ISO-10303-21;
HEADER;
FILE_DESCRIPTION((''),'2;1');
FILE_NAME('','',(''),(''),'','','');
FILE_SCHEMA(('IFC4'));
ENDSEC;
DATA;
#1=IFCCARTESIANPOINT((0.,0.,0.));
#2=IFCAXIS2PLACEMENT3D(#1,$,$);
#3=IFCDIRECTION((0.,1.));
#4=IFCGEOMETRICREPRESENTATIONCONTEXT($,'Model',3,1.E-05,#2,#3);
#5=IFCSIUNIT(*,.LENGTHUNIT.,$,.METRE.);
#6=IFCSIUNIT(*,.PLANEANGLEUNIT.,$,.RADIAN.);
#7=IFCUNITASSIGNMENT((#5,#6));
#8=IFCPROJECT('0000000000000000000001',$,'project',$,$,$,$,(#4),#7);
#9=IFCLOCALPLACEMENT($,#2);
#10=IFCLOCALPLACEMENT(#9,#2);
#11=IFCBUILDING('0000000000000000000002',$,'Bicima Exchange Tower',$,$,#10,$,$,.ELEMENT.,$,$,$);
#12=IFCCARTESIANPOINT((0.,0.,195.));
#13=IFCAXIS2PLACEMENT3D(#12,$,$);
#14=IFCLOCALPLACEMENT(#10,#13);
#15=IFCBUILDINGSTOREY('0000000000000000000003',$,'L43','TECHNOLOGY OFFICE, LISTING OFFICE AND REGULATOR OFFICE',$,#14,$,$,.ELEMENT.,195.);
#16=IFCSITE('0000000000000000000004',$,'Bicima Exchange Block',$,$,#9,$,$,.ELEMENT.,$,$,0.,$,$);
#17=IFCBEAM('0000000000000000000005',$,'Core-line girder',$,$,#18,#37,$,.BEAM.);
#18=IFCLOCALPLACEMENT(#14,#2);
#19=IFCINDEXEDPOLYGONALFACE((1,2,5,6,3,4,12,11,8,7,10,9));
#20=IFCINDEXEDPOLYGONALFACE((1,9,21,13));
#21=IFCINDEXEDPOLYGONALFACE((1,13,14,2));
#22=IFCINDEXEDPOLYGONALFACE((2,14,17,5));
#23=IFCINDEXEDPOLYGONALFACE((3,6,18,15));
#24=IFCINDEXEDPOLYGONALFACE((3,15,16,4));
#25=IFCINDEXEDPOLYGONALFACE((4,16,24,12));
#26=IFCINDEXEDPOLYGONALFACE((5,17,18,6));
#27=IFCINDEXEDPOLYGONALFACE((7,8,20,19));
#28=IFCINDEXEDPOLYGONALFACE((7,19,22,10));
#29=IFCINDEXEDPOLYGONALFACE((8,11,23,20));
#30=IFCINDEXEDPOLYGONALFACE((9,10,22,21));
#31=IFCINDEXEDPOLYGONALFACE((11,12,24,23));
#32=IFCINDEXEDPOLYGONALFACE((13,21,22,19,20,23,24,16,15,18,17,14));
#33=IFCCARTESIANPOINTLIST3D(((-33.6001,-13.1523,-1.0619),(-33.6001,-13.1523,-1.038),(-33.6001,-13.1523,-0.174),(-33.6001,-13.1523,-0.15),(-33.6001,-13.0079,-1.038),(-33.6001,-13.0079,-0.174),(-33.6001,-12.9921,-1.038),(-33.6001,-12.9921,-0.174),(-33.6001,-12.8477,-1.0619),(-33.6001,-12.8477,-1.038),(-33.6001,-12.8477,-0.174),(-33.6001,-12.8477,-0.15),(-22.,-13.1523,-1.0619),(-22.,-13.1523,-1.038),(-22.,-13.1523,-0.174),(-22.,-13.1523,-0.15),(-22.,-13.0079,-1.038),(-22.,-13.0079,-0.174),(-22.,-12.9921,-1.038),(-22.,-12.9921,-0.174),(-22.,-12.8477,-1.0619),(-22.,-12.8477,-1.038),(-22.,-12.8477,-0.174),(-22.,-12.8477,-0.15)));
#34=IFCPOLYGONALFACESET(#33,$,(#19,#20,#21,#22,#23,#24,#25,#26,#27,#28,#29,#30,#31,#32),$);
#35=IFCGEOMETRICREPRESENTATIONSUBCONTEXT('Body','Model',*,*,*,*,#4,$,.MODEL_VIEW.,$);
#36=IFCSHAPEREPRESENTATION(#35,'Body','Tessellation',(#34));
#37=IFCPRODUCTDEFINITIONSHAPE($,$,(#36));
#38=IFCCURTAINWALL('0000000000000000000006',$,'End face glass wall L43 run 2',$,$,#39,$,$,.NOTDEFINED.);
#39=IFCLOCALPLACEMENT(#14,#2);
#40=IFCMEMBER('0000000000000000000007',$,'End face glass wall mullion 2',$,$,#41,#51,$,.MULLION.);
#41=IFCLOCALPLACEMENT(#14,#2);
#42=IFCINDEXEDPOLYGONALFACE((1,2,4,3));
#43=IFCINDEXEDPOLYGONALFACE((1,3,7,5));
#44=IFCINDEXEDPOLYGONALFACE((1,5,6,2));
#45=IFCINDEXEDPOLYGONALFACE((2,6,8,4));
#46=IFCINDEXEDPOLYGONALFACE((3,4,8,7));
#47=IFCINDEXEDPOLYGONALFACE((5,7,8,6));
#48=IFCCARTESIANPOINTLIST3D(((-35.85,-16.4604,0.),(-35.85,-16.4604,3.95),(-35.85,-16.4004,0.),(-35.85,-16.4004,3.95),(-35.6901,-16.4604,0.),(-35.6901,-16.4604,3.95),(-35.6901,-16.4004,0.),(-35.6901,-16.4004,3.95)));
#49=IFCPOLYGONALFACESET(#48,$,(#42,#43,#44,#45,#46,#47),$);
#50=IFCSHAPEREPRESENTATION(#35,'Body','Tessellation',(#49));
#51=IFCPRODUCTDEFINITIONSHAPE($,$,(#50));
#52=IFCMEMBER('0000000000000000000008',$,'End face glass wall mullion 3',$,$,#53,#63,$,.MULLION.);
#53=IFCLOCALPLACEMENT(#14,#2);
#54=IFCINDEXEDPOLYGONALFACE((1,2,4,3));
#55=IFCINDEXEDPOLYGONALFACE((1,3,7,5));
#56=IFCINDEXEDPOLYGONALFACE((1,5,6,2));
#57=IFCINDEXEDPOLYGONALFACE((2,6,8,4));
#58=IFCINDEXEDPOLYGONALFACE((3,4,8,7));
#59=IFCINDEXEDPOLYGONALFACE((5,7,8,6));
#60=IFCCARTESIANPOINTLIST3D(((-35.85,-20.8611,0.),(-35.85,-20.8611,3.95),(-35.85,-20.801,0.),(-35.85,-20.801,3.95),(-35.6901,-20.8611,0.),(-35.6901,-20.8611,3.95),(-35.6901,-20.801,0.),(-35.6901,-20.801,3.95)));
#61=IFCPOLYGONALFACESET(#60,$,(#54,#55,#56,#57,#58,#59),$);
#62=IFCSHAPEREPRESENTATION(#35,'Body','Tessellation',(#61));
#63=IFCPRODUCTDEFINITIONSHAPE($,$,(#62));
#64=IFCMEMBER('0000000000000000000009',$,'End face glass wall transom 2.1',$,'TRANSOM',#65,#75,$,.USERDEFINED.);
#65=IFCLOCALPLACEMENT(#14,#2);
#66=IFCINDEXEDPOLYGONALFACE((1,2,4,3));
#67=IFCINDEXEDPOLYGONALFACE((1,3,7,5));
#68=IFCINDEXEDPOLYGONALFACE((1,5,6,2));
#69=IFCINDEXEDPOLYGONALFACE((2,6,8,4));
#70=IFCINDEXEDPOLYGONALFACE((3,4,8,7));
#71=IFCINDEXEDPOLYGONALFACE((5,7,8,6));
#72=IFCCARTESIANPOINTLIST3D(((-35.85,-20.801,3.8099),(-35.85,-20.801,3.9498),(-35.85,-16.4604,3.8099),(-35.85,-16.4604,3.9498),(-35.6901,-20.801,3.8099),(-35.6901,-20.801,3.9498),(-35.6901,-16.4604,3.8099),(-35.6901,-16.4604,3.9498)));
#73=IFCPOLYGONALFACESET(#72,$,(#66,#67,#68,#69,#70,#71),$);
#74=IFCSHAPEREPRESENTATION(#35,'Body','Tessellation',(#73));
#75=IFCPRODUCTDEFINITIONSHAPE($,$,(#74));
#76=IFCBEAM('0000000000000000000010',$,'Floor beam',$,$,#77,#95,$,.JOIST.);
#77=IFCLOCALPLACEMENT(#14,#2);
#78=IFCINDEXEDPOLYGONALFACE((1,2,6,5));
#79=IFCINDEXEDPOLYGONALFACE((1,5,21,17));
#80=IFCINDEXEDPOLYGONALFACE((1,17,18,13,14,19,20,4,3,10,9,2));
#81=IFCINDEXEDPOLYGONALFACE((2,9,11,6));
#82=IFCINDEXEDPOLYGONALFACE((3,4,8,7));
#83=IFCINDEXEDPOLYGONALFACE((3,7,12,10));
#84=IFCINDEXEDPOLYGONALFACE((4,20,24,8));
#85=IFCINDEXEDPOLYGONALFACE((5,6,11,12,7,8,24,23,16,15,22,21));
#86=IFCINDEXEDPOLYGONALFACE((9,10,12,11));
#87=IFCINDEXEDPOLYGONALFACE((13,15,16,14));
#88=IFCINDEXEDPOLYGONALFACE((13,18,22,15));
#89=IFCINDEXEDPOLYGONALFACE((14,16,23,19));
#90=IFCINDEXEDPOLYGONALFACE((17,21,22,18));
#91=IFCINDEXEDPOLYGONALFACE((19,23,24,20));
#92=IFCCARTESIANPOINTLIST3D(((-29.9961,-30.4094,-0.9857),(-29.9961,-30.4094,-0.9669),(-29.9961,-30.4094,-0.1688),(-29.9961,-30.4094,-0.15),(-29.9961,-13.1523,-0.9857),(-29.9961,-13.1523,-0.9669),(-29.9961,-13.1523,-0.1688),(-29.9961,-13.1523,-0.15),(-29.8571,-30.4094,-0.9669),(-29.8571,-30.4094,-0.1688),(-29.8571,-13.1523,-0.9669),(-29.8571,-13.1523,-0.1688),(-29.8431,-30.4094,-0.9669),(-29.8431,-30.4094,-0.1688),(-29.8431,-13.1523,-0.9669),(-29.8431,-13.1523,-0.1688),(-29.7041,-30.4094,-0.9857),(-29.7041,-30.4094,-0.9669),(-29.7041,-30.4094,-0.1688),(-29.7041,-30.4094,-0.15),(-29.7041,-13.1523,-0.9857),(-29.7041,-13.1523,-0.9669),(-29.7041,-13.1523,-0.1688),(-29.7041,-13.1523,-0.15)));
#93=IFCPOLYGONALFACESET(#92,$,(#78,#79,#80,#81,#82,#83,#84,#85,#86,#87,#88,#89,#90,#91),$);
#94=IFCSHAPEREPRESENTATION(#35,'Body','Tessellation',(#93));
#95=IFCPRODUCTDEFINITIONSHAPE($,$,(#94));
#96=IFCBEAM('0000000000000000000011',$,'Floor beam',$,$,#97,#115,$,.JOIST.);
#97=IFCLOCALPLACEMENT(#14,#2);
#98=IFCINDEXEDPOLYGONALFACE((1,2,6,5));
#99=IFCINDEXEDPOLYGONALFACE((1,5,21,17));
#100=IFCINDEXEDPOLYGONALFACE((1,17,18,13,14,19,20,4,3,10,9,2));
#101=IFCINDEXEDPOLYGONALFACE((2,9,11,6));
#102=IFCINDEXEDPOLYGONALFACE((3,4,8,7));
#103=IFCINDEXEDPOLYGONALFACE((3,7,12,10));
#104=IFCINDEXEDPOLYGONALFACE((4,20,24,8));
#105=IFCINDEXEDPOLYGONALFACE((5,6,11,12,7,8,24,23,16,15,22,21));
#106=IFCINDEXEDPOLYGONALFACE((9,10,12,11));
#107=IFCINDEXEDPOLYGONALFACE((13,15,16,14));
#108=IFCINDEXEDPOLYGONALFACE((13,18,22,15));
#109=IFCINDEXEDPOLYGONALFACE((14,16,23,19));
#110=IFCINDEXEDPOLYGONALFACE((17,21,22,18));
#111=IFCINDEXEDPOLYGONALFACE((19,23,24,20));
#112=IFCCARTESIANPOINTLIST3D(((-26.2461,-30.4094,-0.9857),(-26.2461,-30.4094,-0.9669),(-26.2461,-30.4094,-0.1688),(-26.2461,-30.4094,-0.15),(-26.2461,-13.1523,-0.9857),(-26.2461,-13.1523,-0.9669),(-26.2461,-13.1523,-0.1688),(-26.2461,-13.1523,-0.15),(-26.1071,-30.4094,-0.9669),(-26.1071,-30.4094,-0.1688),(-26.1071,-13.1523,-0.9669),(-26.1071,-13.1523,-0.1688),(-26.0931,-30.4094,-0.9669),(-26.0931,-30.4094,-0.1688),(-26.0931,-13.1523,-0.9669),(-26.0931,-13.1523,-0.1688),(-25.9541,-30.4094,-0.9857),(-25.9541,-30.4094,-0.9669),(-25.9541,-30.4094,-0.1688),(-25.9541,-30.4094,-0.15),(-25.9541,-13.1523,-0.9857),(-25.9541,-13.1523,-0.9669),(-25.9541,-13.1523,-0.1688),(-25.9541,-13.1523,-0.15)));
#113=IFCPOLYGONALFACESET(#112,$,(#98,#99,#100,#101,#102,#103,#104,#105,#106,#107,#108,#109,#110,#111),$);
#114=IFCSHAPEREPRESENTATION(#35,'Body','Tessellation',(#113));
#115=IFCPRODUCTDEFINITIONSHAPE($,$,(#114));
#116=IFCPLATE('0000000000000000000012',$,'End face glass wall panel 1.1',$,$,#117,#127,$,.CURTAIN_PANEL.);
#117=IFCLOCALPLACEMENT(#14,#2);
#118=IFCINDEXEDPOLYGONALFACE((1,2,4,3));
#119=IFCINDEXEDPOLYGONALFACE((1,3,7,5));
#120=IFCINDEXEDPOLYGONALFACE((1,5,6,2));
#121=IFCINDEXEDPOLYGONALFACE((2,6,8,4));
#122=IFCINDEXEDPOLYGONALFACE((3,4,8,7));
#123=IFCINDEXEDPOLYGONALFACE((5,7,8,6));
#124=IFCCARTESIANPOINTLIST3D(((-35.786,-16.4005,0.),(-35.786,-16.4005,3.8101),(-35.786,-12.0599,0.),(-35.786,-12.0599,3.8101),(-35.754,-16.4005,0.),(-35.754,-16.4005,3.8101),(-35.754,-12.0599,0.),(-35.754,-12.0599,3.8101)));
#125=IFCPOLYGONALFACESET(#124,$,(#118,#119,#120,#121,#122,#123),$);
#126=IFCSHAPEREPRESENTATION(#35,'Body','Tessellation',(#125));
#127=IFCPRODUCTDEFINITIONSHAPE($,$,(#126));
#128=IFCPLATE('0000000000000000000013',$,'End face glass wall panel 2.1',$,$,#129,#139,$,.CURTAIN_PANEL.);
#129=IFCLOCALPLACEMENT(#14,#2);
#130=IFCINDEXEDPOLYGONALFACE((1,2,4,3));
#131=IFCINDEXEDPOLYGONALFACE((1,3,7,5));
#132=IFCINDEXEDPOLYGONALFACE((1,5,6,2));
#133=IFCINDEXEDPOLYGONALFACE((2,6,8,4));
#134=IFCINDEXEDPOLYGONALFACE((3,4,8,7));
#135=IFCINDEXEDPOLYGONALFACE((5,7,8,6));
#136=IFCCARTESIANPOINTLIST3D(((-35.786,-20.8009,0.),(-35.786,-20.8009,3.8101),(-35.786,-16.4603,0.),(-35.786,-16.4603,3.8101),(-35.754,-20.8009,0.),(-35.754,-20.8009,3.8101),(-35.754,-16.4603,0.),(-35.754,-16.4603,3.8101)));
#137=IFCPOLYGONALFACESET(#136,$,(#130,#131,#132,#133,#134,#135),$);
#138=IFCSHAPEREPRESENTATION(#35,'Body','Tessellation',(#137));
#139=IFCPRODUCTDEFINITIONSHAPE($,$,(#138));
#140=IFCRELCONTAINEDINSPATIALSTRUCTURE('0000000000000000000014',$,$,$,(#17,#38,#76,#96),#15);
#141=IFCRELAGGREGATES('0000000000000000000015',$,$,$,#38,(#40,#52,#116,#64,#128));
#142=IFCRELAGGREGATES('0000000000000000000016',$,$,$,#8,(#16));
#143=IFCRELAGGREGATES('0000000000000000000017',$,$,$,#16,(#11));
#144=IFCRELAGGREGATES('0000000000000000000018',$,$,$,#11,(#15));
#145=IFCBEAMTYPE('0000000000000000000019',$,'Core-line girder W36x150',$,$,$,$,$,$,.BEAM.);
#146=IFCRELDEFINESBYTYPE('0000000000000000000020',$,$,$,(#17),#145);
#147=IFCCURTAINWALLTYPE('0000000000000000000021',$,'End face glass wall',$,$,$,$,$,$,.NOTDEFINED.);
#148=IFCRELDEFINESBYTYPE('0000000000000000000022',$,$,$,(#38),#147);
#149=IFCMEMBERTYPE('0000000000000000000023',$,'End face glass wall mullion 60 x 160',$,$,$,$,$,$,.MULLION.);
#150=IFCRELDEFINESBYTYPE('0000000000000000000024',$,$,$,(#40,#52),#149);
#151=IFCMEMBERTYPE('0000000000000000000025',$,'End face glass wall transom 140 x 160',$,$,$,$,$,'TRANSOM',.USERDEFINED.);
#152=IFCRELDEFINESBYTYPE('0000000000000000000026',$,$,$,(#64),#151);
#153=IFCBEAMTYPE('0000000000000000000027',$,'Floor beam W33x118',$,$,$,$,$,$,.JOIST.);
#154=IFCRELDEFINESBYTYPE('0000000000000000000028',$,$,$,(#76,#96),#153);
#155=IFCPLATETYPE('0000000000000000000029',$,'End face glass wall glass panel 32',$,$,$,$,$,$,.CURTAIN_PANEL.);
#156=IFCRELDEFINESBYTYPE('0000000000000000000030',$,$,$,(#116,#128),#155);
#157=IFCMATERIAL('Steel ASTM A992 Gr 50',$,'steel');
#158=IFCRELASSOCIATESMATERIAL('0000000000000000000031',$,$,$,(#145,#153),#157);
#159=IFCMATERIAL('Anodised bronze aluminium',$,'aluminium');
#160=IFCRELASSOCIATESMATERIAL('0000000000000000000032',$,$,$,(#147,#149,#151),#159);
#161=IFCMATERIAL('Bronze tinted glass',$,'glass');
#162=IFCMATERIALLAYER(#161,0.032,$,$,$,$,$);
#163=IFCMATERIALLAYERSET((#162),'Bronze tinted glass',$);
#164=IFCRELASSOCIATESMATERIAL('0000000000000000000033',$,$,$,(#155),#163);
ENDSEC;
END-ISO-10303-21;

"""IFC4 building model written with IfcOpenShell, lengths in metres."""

from ifc_helpers import new_model, si_unit, direction, frame, origin, origin_2d, place, context, subcontext, project, spatial, rectangle, i_section, extrude, material, layer, layer_set, material_profile, profile_set, type_object, element, aggregate, save


model = new_model("IFC4")

# Units and contexts
model_context = context("Model", 3, precision=1e-05, world=origin(), true_north=direction((0.0, 1.0)))
body_context = subcontext(model_context, "Body", "Model", "MODEL_VIEW")
ifc_project = project(units=[si_unit("LENGTHUNIT", "METRE"), si_unit("PLANEANGLEUNIT", "RADIAN")], contexts=[model_context])

# Site, building, storey
site_placement = place(None, origin())
site = spatial("IfcSite", under=ifc_project, at=site_placement, Name="Bicima Exchange Block", CompositionType="ELEMENT", RefElevation=0.0)
building_placement = place(site_placement, origin())
building = spatial("IfcBuilding", under=site, at=building_placement, Name="Bicima Exchange Tower", CompositionType="ELEMENT")
storey_placement = place(building_placement, frame((0.0, 0.0, 195.0)))
storey = spatial("IfcBuildingStorey", under=building, at=storey_placement, Name="L43", Description="TECHNOLOGY OFFICE, LISTING OFFICE AND REGULATOR OFFICE", CompositionType="ELEMENT", Elevation=195.0)

# Beam
ifc_material_1 = material(Name="Steel ASTM A992 Gr 50", Category="steel")
ifc_material_profile_1 = material_profile(ifc_material_1, i_section(OverallWidth=0.3047, OverallDepth=0.9119, WebThickness=0.0159, FlangeThickness=0.0239, at=origin_2d()))
ifc_profile_set_1 = profile_set([ifc_material_profile_1], Name="Steel ASTM A992 Gr 50")
beam_type_1 = type_object("IfcBeamType", Name="Core-line girder W36x150", PredefinedType="BEAM", material=ifc_profile_set_1)
beam_placement = place(storey_placement, frame((-22.0, -13.0, -0.606), z_axis=(-1.0, 0.0, 0.0), x_axis=(0.0, -1.0, 0.0)))
element("IfcBeam", 1, at=beam_placement, inside=storey, type_object=beam_type_1, Name="Core-line girder", PredefinedType="BEAM", context=body_context, shape_type="SweptSolid", body=[
    extrude(i_section(OverallWidth=0.3047, OverallDepth=0.9119, WebThickness=0.0159, FlangeThickness=0.0239, at=origin_2d()), origin(), (0.0, 0.0, 1.0), 11.6001),
])

# Curtain wall, members
ifc_material_2 = material(Name="Anodised bronze aluminium", Category="aluminium")
curtain_wall_type = type_object("IfcCurtainWallType", Name="End face glass wall", PredefinedType="NOTDEFINED", material=ifc_material_2)
curtain_wall_placement = place(storey_placement, origin())
curtain_wall = element("IfcCurtainWall", 2, at=curtain_wall_placement, inside=storey, type_object=curtain_wall_type, Name="End face glass wall L43 run 2", PredefinedType="NOTDEFINED")
ifc_material_profile_2 = material_profile(ifc_material_2, rectangle(XDim=0.1599, YDim=0.0601, at=origin_2d()))
ifc_profile_set_2 = profile_set([ifc_material_profile_2], Name="Anodised bronze aluminium")
member_type_1 = type_object("IfcMemberType", Name="End face glass wall mullion 60 x 160", PredefinedType="MULLION", material=ifc_profile_set_2)
member_1_placement = place(storey_placement, frame((-35.77, -16.4304, 0.0), z_axis=(0.0, 0.0, 1.0), x_axis=(1.0, 0.0, 0.0)))
member_1 = element("IfcMember", 3, at=member_1_placement, type_object=member_type_1, Name="End face glass wall mullion 2", PredefinedType="MULLION", context=body_context, shape_type="SweptSolid", body=[
    extrude(rectangle(XDim=0.1599, YDim=0.0601, at=origin_2d()), origin(), (0.0, 0.0, 1.0), 3.95),
])
member_2_placement = place(storey_placement, frame((-35.77, -20.8311, 0.0), z_axis=(0.0, 0.0, 1.0), x_axis=(1.0, 0.0, 0.0)))
member_2 = element("IfcMember", 4, at=member_2_placement, type_object=member_type_1, Name="End face glass wall mullion 3", PredefinedType="MULLION", context=body_context, shape_type="SweptSolid", body=[
    extrude(rectangle(XDim=0.1599, YDim=0.0601, at=origin_2d()), origin(), (0.0, 0.0, 1.0), 3.95),
])
ifc_material_profile_3 = material_profile(ifc_material_2, rectangle(XDim=0.1599, YDim=0.1399, at=origin_2d()))
ifc_profile_set_3 = profile_set([ifc_material_profile_3], Name="Anodised bronze aluminium")
member_type_2 = type_object("IfcMemberType", Name="End face glass wall transom 140 x 160", ElementType="TRANSOM", PredefinedType="USERDEFINED", material=ifc_profile_set_3)
member_3_placement = place(storey_placement, frame((-35.77, -16.4604, 3.8799), z_axis=(0.0, -1.0, 0.0), x_axis=(1.0, 0.0, 0.0)))
member_3 = element("IfcMember", 5, at=member_3_placement, type_object=member_type_2, Name="End face glass wall transom 2.1", ObjectType="TRANSOM", PredefinedType="USERDEFINED", context=body_context, shape_type="SweptSolid", body=[
    extrude(rectangle(XDim=0.1599, YDim=0.1399, at=origin_2d()), origin(), (0.0, 0.0, 1.0), 4.3406),
])

# Beams
ifc_material_profile_4 = material_profile(ifc_material_1, i_section(OverallWidth=0.292, OverallDepth=0.8357, WebThickness=0.0139, FlangeThickness=0.0188, at=origin_2d()))
ifc_profile_set_4 = profile_set([ifc_material_profile_4], Name="Steel ASTM A992 Gr 50")
beam_type_2 = type_object("IfcBeamType", Name="Floor beam W33x118", PredefinedType="JOIST", material=ifc_profile_set_4)
for number, where, z_axis, x_axis, name in (
    (6, (-29.8501, -13.1523, -0.5679), (0.0, -1.0, 0.0), (1.0, 0.0, 0.0), "Floor beam"),
    (7, (-26.1001, -13.1523, -0.5679), (0.0, -1.0, 0.0), (1.0, 0.0, 0.0), "Floor beam"),
):
    element("IfcBeam", number, at=place(storey_placement, frame(where, z_axis=z_axis, x_axis=x_axis)), inside=storey, type_object=beam_type_2, Name=name, PredefinedType="JOIST", context=body_context, shape_type="SweptSolid", body=[
        extrude(i_section(OverallWidth=0.292, OverallDepth=0.8357, WebThickness=0.0139, FlangeThickness=0.0188, at=origin_2d()), origin(), (0.0, 0.0, 1.0), 17.2571),
    ])

# Plates
ifc_material_3 = material(Name="Bronze tinted glass", Category="glass")
ifc_layer_1 = layer(ifc_material_3, 0.032)
ifc_layer_set_1 = layer_set([ifc_layer_1], Name="Bronze tinted glass")
plate_type = type_object("IfcPlateType", Name="End face glass wall glass panel 32", PredefinedType="CURTAIN_PANEL", material=ifc_layer_set_1)
plate_1_placement = place(storey_placement, frame((-35.77, -14.2302, 0.0), z_axis=(0.0, 0.0, 1.0), x_axis=(0.0, -1.0, 0.0)))
plate_1 = element("IfcPlate", 8, at=plate_1_placement, type_object=plate_type, Name="End face glass wall panel 1.1", PredefinedType="CURTAIN_PANEL", context=body_context, shape_type="SweptSolid", body=[
    extrude(rectangle(XDim=4.3406, YDim=0.032, at=origin_2d()), origin(), (0.0, 0.0, 1.0), 3.8101),
])
plate_2_placement = place(storey_placement, frame((-35.77, -18.6306, 0.0), z_axis=(0.0, 0.0, 1.0), x_axis=(0.0, -1.0, 0.0)))
plate_2 = element("IfcPlate", 9, at=plate_2_placement, type_object=plate_type, Name="End face glass wall panel 2.1", PredefinedType="CURTAIN_PANEL", context=body_context, shape_type="SweptSolid", body=[
    extrude(rectangle(XDim=4.3406, YDim=0.032, at=origin_2d()), origin(), (0.0, 0.0, 1.0), 3.8101),
])
aggregate(curtain_wall, [member_1, member_2, plate_1, member_3, plate_2])

save(model, "model.ifc")
